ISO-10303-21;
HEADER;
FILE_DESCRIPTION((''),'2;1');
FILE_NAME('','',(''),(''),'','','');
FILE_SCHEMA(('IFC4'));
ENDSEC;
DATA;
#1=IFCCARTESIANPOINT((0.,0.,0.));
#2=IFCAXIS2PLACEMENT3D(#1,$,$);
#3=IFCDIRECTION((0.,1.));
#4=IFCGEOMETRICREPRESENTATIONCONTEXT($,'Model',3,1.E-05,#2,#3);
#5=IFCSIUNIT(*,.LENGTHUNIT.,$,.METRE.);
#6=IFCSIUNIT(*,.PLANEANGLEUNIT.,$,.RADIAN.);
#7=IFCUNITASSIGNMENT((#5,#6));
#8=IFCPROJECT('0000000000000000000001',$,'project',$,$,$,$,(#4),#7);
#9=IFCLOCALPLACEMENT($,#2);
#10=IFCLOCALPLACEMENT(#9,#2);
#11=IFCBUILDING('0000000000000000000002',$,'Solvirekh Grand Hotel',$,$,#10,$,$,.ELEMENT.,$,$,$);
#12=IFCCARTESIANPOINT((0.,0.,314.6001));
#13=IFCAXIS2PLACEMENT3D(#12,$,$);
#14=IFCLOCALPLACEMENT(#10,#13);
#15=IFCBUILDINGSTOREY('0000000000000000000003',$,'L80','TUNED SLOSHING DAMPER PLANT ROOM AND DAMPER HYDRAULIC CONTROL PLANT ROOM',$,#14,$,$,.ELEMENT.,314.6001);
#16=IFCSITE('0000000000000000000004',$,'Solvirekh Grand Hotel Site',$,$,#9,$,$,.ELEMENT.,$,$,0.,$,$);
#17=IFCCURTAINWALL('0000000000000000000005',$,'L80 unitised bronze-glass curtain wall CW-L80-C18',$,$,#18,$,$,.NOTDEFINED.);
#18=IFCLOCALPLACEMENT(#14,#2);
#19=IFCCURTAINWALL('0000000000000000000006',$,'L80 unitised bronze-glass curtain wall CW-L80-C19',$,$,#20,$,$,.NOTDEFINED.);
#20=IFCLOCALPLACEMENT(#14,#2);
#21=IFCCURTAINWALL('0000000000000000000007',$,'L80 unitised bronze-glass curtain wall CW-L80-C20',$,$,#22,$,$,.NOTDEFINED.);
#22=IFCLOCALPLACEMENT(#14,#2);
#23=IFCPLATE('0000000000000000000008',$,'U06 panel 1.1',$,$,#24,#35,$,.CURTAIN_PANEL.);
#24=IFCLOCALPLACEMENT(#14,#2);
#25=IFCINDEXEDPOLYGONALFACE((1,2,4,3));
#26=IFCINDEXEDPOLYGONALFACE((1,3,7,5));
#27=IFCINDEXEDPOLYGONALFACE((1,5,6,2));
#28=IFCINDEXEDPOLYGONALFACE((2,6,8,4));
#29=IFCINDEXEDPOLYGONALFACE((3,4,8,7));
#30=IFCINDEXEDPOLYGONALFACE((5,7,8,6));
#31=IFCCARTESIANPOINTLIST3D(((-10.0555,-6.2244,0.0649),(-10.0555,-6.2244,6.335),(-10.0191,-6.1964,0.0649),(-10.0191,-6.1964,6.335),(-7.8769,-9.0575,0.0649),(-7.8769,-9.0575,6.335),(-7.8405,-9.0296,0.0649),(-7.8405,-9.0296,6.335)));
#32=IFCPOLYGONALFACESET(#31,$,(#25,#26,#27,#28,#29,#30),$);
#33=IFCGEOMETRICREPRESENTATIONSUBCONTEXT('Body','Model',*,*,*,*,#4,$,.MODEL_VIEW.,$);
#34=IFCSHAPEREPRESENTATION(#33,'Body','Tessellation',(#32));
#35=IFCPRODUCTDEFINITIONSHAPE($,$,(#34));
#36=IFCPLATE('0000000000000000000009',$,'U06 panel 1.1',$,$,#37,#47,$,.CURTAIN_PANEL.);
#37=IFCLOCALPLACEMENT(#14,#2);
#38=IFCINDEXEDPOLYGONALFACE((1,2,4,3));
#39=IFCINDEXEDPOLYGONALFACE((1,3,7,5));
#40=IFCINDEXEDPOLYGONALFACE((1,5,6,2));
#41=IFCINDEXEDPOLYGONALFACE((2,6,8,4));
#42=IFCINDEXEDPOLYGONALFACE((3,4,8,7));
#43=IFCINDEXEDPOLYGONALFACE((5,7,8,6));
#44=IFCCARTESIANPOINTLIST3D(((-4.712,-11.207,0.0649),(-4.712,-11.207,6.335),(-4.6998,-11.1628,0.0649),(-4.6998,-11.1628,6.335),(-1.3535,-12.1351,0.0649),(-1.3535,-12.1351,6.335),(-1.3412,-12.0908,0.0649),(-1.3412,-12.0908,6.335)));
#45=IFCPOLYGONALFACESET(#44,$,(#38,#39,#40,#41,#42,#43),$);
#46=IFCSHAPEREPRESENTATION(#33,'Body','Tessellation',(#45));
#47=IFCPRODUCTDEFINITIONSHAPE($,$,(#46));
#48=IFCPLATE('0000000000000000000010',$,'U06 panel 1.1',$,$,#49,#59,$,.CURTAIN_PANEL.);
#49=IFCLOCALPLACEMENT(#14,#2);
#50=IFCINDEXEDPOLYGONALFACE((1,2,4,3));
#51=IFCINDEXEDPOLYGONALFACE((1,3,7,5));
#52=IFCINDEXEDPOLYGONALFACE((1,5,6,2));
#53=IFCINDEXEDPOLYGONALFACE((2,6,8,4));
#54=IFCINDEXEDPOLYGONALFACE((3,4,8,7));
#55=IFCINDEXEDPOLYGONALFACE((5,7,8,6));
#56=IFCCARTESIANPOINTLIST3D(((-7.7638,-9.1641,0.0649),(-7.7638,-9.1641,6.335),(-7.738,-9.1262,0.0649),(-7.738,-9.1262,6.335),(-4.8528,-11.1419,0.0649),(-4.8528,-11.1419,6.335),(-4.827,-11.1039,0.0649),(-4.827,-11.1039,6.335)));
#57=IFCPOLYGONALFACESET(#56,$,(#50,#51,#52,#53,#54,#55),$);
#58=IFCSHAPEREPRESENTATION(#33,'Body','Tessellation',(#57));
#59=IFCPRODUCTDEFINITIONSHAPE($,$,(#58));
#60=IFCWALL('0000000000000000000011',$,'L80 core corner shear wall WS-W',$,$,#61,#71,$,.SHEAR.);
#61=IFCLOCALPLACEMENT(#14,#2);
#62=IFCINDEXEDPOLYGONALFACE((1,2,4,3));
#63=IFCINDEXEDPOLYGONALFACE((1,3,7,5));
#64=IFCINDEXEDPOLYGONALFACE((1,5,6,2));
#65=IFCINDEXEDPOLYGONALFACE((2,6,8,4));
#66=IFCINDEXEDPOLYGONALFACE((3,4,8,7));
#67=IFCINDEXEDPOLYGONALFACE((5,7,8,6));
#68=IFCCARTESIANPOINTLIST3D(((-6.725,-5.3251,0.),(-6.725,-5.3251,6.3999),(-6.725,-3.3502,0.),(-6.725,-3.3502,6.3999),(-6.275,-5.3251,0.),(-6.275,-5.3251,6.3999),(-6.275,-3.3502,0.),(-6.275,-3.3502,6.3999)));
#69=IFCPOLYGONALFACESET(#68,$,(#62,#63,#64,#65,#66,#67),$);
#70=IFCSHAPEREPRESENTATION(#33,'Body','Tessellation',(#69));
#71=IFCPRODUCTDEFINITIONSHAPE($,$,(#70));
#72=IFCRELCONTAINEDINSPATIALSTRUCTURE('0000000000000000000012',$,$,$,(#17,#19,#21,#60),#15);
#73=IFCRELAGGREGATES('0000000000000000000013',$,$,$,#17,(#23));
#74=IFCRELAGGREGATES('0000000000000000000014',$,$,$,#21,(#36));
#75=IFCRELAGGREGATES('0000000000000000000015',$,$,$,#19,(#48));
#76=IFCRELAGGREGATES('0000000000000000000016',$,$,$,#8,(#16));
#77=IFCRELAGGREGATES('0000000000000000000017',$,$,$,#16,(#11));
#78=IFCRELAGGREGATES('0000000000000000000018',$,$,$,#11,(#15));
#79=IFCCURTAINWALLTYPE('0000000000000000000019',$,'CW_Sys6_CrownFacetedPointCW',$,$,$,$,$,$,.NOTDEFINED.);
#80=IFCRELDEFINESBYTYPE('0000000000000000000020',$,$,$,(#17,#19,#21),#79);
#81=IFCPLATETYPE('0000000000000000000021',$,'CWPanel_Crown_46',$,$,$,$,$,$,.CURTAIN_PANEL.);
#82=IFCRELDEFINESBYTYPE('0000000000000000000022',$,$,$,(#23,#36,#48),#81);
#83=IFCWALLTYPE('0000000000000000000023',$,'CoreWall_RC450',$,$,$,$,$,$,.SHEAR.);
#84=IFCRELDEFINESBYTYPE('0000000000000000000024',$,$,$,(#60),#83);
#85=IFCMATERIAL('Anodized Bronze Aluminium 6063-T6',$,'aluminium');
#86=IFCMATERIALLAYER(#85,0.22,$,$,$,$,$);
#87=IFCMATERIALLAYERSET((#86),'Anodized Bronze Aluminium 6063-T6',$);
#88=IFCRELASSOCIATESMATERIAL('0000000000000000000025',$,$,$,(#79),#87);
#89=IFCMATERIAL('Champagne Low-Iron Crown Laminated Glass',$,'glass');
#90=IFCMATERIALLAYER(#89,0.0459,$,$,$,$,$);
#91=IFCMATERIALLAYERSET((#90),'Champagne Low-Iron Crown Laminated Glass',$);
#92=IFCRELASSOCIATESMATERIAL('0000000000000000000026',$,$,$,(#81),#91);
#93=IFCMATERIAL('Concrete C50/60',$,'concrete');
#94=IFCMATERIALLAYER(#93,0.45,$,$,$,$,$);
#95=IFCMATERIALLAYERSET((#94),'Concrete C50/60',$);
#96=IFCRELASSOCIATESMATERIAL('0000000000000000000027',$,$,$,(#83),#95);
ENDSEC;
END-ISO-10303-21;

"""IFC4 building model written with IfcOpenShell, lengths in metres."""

from ifc_helpers import new_model, si_unit, direction, frame, frame_2d, origin, origin_2d, place, context, subcontext, project, spatial, rectangle, extrude, source, transform, mapped, material, layer, layer_set, type_object, element, aggregate, save


model = new_model("IFC4")

# Units and contexts
model_context = context("Model", 3, precision=1e-05, world=origin(), true_north=direction((0.0, 1.0)))
body_context = subcontext(model_context, "Body", "Model", "MODEL_VIEW")
ifc_project = project(units=[si_unit("LENGTHUNIT", "METRE"), si_unit("PLANEANGLEUNIT", "RADIAN")], contexts=[model_context])

# Site, building, storey
site_placement = place(None, origin())
site = spatial("IfcSite", under=ifc_project, at=site_placement, Name="Solvirekh Grand Hotel Site", CompositionType="ELEMENT", RefElevation=0.0)
building_placement = place(site_placement, origin())
building = spatial("IfcBuilding", under=site, at=building_placement, Name="Solvirekh Grand Hotel", CompositionType="ELEMENT")
storey_placement = place(building_placement, frame((0.0, 0.0, 314.6001)))
storey = spatial("IfcBuildingStorey", under=building, at=storey_placement, Name="L80", Description="TUNED SLOSHING DAMPER PLANT ROOM AND DAMPER HYDRAULIC CONTROL PLANT ROOM", CompositionType="ELEMENT", Elevation=314.6001)

# Shared definitions
ifc_material_1 = material(Name="Concrete C50/60", Category="concrete")

# Shared definitions
ifc_material_2 = material(Name="Anodized Bronze Aluminium 6063-T6", Category="aluminium")
ifc_layer_1 = layer(ifc_material_2, 0.22)
ifc_layer_set_1 = layer_set([ifc_layer_1], Name="Anodized Bronze Aluminium 6063-T6")
curtain_wall_type = type_object("IfcCurtainWallType", Name="CW_Sys6_CrownFacetedPointCW", PredefinedType="NOTDEFINED", material=ifc_layer_set_1)

# Curtain walls
curtain_wall_1_placement = place(storey_placement, origin())
curtain_wall_1 = element("IfcCurtainWall", 1, at=curtain_wall_1_placement, inside=storey, type_object=curtain_wall_type, Name="L80 unitised bronze-glass curtain wall CW-L80-C18", PredefinedType="NOTDEFINED")
curtain_wall_2_placement = place(storey_placement, origin())
curtain_wall_2 = element("IfcCurtainWall", 2, at=curtain_wall_2_placement, inside=storey, type_object=curtain_wall_type, Name="L80 unitised bronze-glass curtain wall CW-L80-C19", PredefinedType="NOTDEFINED")
curtain_wall_3_placement = place(storey_placement, origin())
curtain_wall_3 = element("IfcCurtainWall", 3, at=curtain_wall_3_placement, inside=storey, type_object=curtain_wall_type, Name="L80 unitised bronze-glass curtain wall CW-L80-C20", PredefinedType="NOTDEFINED")

# Plates
ifc_material_3 = material(Name="Champagne Low-Iron Crown Laminated Glass", Category="glass")
ifc_layer_2 = layer(ifc_material_3, 0.0459)
ifc_layer_set_2 = layer_set([ifc_layer_2], Name="Champagne Low-Iron Crown Laminated Glass")
plate_type_1 = type_object("IfcPlateType", Name="CWPanel_Crown_46", PredefinedType="CURTAIN_PANEL", material=ifc_layer_set_2)
shared_shape_1 = source(origin(), body_context, "Body", "SweptSolid", [
    extrude(rectangle(XDim=3.574, YDim=0.0459, at=origin_2d()), origin(), (0.0, 0.0, 1.0), 6.27),
])
plate_1_placement = place(storey_placement, frame((-8.948, -7.627, 0.0649), z_axis=(0.0, 0.0, 1.0), x_axis=(0.609581, -0.792724, 0.0)))
plate_1 = element("IfcPlate", 4, at=plate_1_placement, type_object=plate_type_1, Name="U06 panel 1.1", PredefinedType="CURTAIN_PANEL", context=body_context, shape_type="MappedRepresentation", body=[
    mapped(shared_shape_1, transform((0.0, 0.0, 0.0), x_axis=(1.0, 0.0, 0.0), y_axis=(0.0, 1.0, 0.0), z_axis=(0.0, 0.0, 1.0), scale=1.0)),
])
aggregate(curtain_wall_1, [plate_1])
shared_shape_2 = source(origin(), body_context, "Body", "SweptSolid", [
    extrude(rectangle(XDim=3.4844, YDim=0.0459, at=origin_2d()), origin(), (0.0, 0.0, 1.0), 6.27),
])
plate_2_placement = place(storey_placement, frame((-3.0266, -11.6489, 0.0649), z_axis=(0.0, 0.0, 1.0), x_axis=(0.963876, -0.266352, 0.0)))
plate_2 = element("IfcPlate", 5, at=plate_2_placement, type_object=plate_type_1, Name="U06 panel 1.1", PredefinedType="CURTAIN_PANEL", context=body_context, shape_type="MappedRepresentation", body=[
    mapped(shared_shape_2, transform((0.0, 0.0, 0.0), x_axis=(1.0, 0.0, 0.0), y_axis=(0.0, 1.0, 0.0), z_axis=(0.0, 0.0, 1.0), scale=1.0)),
])
aggregate(curtain_wall_3, [plate_2])
shared_shape_3 = source(origin(), body_context, "Body", "SweptSolid", [
    extrude(rectangle(XDim=3.5193, YDim=0.0459, at=origin_2d()), origin(), (0.0, 0.0, 1.0), 6.27),
])
plate_3_placement = place(storey_placement, frame((-6.2954, -10.134, 0.0649), z_axis=(0.0, 0.0, 1.0), x_axis=(0.827155, -0.561975, 0.0)))
plate_3 = element("IfcPlate", 6, at=plate_3_placement, type_object=plate_type_1, Name="U06 panel 1.1", PredefinedType="CURTAIN_PANEL", context=body_context, shape_type="MappedRepresentation", body=[
    mapped(shared_shape_3, transform((0.0, 0.0, 0.0), x_axis=(1.0, 0.0, 0.0), y_axis=(0.0, 1.0, 0.0), z_axis=(0.0, 0.0, 1.0), scale=1.0)),
])
aggregate(curtain_wall_2, [plate_3])

# Wall
ifc_layer_3 = layer(ifc_material_1, 0.45)
ifc_layer_set_3 = layer_set([ifc_layer_3], Name="Concrete C50/60")
wall_type = type_object("IfcWallType", Name="CoreWall_RC450", PredefinedType="SHEAR", material=ifc_layer_set_3)
wall_placement = place(storey_placement, frame((-6.5, -5.325, 0.0), z_axis=(0.0, 0.0, 1.0), x_axis=(0.0, 1.0, 0.0)))
element("IfcWall", 7, at=wall_placement, inside=storey, type_object=wall_type, Name="L80 core corner shear wall WS-W", PredefinedType="SHEAR", context=body_context, shape_type="SweptSolid", body=[
    extrude(rectangle(XDim=1.9749, YDim=0.45, at=frame_2d((0.9873, 0.0))), origin(), (0.0, 0.0, 1.0), 6.3999),
])

save(model, "model.ifc")
